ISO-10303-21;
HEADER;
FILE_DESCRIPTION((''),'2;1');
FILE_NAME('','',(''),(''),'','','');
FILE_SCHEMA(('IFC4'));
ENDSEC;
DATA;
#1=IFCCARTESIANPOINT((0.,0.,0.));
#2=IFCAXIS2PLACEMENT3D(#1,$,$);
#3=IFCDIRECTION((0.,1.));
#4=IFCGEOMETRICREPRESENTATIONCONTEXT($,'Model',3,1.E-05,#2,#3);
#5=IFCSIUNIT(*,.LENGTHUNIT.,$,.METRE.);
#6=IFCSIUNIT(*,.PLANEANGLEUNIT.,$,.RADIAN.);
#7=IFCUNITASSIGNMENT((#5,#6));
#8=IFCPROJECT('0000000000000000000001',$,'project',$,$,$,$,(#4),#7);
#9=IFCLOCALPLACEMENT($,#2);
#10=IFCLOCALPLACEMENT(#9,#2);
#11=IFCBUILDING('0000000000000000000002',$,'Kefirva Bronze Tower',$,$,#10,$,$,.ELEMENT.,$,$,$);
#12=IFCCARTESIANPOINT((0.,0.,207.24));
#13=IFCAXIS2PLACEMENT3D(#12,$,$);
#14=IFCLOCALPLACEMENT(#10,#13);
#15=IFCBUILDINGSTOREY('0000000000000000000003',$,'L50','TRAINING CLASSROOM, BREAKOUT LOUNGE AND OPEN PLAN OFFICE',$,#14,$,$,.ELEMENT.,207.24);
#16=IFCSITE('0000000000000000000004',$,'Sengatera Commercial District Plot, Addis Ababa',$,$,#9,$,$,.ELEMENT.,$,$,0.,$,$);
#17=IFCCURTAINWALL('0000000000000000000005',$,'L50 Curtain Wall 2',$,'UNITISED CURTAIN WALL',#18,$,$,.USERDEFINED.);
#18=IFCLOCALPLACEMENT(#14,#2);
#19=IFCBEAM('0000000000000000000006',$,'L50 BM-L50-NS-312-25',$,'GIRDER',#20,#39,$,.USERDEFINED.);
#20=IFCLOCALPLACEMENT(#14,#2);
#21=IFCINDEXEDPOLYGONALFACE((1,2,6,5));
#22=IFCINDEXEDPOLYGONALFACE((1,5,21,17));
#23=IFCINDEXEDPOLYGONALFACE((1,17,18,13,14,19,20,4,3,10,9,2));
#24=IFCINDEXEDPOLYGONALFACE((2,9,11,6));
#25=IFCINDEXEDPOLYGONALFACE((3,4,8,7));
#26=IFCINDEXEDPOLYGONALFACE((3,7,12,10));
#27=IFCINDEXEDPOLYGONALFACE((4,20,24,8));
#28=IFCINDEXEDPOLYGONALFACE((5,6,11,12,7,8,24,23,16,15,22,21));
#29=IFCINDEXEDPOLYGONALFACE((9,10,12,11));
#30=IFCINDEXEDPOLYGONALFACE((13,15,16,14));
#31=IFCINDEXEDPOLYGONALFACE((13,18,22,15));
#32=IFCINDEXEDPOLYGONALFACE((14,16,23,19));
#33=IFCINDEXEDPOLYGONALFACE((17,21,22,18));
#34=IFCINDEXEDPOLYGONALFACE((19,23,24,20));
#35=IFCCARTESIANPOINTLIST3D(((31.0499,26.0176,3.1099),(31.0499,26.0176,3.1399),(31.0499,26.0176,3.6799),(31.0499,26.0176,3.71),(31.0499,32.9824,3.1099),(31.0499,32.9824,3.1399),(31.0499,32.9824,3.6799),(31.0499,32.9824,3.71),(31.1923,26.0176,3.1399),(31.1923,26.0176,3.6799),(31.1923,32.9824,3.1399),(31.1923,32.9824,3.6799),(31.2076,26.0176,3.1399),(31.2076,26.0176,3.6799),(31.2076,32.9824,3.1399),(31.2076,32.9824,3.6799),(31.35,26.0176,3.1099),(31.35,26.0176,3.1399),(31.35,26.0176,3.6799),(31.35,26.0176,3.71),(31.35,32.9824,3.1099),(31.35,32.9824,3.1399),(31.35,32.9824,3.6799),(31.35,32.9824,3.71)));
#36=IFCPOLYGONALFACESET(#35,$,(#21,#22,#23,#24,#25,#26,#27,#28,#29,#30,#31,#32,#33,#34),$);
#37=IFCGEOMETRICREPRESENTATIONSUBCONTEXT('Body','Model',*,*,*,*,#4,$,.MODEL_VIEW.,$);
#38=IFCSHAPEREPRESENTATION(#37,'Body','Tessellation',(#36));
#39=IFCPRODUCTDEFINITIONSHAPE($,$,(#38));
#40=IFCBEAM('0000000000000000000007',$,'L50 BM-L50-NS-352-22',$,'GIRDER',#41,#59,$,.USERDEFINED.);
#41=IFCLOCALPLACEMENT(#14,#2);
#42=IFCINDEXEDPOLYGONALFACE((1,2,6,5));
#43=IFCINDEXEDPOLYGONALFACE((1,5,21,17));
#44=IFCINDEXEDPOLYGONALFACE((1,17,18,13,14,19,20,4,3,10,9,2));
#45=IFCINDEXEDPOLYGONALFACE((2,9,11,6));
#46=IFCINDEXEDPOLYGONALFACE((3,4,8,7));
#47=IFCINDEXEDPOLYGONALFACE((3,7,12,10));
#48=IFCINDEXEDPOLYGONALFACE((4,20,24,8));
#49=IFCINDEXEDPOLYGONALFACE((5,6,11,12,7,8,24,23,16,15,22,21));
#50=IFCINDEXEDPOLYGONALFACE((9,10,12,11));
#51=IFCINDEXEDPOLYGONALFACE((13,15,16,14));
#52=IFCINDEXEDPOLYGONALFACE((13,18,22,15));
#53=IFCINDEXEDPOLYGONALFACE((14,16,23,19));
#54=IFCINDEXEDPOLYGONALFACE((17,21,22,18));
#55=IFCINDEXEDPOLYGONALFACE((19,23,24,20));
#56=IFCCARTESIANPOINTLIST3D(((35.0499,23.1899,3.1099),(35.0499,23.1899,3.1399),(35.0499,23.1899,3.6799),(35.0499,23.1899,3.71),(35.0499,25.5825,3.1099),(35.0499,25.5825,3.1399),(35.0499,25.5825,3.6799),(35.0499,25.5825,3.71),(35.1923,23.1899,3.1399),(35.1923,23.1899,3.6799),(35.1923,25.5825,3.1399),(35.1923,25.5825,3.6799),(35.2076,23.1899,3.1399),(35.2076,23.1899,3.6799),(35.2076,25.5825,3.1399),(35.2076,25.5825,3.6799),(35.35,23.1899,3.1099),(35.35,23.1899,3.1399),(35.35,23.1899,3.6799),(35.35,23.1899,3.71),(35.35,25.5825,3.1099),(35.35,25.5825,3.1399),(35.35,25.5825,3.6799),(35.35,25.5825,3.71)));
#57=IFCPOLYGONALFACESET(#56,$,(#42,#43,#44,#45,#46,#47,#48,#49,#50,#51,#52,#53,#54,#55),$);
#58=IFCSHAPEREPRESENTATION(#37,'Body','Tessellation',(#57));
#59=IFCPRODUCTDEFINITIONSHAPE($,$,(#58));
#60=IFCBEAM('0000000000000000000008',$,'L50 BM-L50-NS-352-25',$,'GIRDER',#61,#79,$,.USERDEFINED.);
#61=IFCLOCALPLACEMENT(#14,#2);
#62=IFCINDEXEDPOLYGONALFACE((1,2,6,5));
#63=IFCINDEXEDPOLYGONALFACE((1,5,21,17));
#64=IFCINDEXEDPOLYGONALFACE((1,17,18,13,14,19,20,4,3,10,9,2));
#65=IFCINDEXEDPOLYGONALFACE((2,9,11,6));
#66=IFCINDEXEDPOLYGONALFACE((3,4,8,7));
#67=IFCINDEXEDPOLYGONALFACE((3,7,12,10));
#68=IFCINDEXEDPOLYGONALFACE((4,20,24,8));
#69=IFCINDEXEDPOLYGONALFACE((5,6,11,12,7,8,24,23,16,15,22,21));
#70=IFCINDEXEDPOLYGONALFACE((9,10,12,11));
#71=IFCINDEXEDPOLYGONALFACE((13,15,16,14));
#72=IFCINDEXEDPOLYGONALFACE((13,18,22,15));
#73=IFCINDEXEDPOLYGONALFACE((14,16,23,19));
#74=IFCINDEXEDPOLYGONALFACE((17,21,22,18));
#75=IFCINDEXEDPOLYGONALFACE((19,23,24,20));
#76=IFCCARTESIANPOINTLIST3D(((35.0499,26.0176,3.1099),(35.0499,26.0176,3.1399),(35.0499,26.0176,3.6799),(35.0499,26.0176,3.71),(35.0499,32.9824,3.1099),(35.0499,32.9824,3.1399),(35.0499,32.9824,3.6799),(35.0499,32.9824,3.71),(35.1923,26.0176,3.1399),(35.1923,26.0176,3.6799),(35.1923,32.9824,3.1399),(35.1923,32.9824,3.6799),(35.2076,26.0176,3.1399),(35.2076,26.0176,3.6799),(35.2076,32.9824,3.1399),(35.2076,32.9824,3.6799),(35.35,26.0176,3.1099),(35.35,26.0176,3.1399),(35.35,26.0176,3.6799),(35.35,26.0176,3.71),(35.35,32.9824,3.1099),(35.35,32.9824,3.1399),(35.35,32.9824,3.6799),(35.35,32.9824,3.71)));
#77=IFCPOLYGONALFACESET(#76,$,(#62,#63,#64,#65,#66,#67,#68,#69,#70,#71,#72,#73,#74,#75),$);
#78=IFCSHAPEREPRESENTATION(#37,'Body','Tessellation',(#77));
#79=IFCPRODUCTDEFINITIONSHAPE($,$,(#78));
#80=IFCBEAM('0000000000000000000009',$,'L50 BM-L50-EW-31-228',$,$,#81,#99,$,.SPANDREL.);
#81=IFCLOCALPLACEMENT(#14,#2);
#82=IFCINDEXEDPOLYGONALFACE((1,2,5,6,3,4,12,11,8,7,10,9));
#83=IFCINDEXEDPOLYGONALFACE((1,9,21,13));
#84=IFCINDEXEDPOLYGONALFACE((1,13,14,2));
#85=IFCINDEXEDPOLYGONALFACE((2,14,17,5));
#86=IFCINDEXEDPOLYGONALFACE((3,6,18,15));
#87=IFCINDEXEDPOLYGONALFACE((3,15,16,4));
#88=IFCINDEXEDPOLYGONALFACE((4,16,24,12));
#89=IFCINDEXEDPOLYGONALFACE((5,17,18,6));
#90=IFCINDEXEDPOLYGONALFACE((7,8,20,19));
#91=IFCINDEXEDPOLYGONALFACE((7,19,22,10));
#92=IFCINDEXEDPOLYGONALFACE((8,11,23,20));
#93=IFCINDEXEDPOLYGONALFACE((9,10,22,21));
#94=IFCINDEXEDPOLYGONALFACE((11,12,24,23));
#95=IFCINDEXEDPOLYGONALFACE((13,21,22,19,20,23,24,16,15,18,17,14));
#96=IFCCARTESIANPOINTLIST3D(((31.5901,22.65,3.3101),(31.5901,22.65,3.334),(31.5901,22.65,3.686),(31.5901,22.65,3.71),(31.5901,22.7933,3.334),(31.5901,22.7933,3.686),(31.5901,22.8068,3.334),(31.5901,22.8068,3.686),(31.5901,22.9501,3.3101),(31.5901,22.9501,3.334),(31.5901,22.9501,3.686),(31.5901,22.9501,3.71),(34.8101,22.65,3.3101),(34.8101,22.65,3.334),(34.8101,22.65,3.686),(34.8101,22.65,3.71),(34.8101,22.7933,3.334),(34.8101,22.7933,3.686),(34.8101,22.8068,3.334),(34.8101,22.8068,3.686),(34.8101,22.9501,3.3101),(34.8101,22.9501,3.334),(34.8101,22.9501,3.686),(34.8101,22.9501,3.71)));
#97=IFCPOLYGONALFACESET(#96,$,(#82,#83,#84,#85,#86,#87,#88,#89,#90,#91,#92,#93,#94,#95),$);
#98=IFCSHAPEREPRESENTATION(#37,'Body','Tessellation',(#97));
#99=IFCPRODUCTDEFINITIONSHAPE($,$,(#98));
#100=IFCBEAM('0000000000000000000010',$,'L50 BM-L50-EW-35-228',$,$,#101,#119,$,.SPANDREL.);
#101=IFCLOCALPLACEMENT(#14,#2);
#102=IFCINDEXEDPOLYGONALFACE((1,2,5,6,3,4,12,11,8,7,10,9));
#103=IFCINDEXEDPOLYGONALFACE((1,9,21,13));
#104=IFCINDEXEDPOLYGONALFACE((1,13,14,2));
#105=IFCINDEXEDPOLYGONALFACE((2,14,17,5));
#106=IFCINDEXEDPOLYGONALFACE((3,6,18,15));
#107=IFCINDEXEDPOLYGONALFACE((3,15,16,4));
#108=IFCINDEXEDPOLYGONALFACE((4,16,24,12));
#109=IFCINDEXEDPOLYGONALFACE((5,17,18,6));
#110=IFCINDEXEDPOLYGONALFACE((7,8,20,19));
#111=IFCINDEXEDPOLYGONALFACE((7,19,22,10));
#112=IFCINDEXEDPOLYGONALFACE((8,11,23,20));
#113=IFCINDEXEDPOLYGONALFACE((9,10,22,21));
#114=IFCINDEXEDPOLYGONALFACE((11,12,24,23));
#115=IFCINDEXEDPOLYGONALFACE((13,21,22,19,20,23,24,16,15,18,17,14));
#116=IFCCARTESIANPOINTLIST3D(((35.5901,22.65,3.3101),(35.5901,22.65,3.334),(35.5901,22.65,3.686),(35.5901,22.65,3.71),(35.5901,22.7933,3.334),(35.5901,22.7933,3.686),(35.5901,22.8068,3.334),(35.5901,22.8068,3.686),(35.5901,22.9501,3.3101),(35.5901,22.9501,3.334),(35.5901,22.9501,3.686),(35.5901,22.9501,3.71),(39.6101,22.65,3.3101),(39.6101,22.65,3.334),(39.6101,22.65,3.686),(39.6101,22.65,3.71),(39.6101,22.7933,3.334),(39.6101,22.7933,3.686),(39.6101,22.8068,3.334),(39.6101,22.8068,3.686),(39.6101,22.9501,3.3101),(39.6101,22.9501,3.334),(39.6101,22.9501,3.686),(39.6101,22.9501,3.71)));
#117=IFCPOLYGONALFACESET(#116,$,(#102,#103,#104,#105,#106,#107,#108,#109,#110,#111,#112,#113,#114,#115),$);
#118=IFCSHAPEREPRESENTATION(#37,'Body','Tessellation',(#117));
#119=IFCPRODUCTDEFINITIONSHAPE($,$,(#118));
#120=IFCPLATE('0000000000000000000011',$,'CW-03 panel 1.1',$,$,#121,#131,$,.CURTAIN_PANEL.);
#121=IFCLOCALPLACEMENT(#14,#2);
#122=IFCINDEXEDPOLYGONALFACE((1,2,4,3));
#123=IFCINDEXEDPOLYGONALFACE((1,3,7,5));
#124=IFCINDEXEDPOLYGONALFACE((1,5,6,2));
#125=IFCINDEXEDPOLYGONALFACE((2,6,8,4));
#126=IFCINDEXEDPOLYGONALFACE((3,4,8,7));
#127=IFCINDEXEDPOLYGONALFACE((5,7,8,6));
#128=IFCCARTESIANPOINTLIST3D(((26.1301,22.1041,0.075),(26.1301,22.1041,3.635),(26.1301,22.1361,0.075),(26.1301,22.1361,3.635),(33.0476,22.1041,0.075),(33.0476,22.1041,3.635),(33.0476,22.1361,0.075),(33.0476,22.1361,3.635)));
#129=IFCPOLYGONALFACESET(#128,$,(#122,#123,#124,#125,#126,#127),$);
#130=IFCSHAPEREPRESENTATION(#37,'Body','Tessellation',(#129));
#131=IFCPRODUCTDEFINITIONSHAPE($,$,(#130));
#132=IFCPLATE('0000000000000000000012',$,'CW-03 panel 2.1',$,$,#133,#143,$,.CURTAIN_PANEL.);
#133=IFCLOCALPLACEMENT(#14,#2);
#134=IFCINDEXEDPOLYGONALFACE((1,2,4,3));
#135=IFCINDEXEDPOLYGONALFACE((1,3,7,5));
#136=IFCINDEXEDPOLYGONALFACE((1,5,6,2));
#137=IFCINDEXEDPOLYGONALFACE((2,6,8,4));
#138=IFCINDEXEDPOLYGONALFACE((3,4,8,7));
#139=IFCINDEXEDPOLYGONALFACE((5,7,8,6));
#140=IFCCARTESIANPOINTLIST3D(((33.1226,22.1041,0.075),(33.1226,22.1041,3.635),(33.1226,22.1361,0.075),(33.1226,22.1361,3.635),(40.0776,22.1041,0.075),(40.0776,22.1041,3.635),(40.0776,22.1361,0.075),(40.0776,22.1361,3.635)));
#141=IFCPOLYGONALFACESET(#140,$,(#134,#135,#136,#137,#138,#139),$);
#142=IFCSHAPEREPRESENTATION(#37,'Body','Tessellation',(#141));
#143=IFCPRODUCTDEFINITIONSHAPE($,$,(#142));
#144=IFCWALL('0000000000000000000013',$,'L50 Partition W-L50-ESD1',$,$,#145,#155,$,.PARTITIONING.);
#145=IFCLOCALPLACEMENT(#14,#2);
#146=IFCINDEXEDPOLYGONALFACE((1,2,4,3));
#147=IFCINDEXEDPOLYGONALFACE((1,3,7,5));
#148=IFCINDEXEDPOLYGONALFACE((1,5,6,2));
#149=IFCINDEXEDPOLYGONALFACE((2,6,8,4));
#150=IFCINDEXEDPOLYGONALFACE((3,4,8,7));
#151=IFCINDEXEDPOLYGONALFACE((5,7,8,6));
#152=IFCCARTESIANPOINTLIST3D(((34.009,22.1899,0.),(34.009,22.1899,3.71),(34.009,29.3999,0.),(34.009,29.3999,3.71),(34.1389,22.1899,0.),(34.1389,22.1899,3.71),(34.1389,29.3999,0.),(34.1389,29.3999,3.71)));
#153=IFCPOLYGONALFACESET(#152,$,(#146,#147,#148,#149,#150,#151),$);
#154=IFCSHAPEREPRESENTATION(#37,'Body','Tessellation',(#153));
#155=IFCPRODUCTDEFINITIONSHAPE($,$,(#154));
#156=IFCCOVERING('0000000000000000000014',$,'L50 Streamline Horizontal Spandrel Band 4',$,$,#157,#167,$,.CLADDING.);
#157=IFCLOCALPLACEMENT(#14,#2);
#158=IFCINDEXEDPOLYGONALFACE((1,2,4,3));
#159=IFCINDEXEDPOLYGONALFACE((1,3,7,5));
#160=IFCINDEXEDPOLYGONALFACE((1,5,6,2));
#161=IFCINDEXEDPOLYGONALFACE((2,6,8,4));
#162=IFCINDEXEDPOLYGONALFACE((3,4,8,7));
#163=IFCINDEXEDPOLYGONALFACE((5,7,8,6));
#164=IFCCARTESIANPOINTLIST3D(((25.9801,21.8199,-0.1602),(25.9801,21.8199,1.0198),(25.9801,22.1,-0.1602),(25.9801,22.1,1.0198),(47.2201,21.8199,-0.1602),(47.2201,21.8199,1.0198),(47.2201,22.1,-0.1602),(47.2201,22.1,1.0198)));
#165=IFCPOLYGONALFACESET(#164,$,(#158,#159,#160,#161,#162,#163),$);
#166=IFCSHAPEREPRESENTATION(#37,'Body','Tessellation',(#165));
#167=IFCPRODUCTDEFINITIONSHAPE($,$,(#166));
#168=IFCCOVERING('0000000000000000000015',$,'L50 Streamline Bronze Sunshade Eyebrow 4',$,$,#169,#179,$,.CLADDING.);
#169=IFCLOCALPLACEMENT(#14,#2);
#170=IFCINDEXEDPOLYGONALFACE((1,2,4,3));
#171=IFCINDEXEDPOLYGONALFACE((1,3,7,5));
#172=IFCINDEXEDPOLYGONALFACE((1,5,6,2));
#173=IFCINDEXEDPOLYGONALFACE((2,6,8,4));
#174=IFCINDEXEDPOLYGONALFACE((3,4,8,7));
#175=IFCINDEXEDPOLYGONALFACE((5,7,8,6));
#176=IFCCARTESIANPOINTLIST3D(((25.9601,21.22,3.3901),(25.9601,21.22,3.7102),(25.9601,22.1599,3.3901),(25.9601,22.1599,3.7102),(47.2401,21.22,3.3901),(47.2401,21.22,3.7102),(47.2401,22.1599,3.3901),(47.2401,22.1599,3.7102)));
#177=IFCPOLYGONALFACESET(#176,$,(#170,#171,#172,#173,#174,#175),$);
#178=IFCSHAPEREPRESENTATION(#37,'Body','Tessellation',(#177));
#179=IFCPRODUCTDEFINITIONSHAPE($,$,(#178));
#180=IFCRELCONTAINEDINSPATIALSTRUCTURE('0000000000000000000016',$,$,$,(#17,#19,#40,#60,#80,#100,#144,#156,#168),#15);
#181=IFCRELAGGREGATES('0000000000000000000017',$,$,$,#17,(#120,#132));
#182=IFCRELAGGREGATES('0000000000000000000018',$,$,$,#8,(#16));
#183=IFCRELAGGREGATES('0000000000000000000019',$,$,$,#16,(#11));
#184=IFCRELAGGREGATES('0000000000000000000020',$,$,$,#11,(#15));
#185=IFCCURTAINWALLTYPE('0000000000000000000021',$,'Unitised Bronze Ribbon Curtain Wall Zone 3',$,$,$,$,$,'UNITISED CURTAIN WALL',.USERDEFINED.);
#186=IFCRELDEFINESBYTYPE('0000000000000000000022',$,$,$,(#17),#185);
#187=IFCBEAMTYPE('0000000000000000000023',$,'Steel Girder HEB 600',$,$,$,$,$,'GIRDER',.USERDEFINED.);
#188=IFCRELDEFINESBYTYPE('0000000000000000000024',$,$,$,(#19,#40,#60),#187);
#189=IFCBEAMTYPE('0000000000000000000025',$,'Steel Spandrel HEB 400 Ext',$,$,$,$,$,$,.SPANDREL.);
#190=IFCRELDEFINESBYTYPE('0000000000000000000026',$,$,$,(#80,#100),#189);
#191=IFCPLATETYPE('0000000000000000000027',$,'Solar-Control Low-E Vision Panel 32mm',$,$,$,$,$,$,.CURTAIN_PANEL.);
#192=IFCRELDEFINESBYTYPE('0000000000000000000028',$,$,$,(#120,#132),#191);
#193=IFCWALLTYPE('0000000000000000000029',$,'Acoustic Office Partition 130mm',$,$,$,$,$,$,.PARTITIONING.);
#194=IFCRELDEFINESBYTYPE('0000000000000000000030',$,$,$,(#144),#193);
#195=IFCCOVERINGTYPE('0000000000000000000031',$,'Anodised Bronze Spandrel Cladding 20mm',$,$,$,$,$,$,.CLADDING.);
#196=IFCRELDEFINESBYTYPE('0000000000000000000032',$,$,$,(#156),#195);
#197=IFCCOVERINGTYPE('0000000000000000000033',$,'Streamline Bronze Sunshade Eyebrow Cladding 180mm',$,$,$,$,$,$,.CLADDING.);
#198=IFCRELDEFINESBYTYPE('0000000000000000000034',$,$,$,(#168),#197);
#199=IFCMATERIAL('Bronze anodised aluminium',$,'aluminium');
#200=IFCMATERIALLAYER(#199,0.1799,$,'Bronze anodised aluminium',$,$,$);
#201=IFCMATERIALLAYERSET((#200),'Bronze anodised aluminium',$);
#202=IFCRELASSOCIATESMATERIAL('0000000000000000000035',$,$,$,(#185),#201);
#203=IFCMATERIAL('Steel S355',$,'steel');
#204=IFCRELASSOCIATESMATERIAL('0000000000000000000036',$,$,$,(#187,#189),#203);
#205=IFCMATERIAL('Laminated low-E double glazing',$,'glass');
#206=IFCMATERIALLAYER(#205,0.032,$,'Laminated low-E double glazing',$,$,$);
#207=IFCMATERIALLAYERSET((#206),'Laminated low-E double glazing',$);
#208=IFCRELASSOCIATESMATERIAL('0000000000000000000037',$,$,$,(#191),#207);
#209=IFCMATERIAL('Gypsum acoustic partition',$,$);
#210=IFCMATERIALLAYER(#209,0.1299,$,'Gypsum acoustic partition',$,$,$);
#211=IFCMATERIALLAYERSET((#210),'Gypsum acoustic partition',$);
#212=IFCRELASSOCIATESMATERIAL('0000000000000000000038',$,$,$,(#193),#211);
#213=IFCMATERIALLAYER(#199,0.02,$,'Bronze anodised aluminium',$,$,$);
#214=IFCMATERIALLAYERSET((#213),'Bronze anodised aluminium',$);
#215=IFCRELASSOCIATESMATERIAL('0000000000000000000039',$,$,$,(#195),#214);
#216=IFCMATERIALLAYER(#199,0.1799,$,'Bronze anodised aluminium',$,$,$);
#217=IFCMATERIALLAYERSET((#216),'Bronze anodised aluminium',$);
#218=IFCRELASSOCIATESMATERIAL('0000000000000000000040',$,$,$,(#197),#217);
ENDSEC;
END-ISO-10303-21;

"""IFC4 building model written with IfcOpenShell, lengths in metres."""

from ifc_helpers import new_model, si_unit, direction, frame, frame_2d, origin, origin_2d, place, context, subcontext, project, spatial, rectangle, i_section, extrude, material, layer, layer_set, material_profile, profile_set, type_object, element, aggregate, save


model = new_model("IFC4")

# Units and contexts
model_context = context("Model", 3, precision=1e-05, world=origin(), true_north=direction((0.0, 1.0)))
body_context = subcontext(model_context, "Body", "Model", "MODEL_VIEW")
ifc_project = project(units=[si_unit("LENGTHUNIT", "METRE"), si_unit("PLANEANGLEUNIT", "RADIAN")], contexts=[model_context])

# Site, building, storey
site_placement = place(None, origin())
site = spatial("IfcSite", under=ifc_project, at=site_placement, Name="Sengatera Commercial District Plot, Addis Ababa", CompositionType="ELEMENT", RefElevation=0.0)
building_placement = place(site_placement, origin())
building = spatial("IfcBuilding", under=site, at=building_placement, Name="Kefirva Bronze Tower", CompositionType="ELEMENT")
storey_placement = place(building_placement, frame((0.0, 0.0, 207.24)))
storey = spatial("IfcBuildingStorey", under=building, at=storey_placement, Name="L50", Description="TRAINING CLASSROOM, BREAKOUT LOUNGE AND OPEN PLAN OFFICE", CompositionType="ELEMENT", Elevation=207.24)

# Curtain wall
ifc_material_1 = material(Name="Bronze anodised aluminium", Category="aluminium")
ifc_layer_1 = layer(ifc_material_1, 0.1799, Name="Bronze anodised aluminium")
ifc_layer_set_1 = layer_set([ifc_layer_1], Name="Bronze anodised aluminium")
curtain_wall_type = type_object("IfcCurtainWallType", Name="Unitised Bronze Ribbon Curtain Wall Zone 3", ElementType="UNITISED CURTAIN WALL", PredefinedType="USERDEFINED", material=ifc_layer_set_1)
curtain_wall_placement = place(storey_placement, origin())
curtain_wall = element("IfcCurtainWall", 1, at=curtain_wall_placement, inside=storey, type_object=curtain_wall_type, Name="L50 Curtain Wall 2", ObjectType="UNITISED CURTAIN WALL", PredefinedType="USERDEFINED")

# Beams
ifc_material_2 = material(Name="Steel S355", Category="steel")
ifc_material_profile_1 = material_profile(ifc_material_2, i_section(OverallWidth=0.3, OverallDepth=0.6001, WebThickness=0.0154, FlangeThickness=0.03, at=origin_2d()), Name="HEB 600")
ifc_profile_set_1 = profile_set([ifc_material_profile_1], Name="Steel S355")
beam_type_1 = type_object("IfcBeamType", Name="Steel Girder HEB 600", ElementType="GIRDER", PredefinedType="USERDEFINED", material=ifc_profile_set_1)
beam_1_placement = place(storey_placement, frame((31.2, 26.0176, 3.4099), z_axis=(0.0, 1.0, 0.0), x_axis=(-1.0, 0.0, 0.0)))
element("IfcBeam", 2, at=beam_1_placement, inside=storey, type_object=beam_type_1, Name="L50 BM-L50-NS-312-25", ObjectType="GIRDER", PredefinedType="USERDEFINED", context=body_context, shape_type="SweptSolid", body=[
    extrude(i_section(OverallWidth=0.3, OverallDepth=0.6001, WebThickness=0.0154, FlangeThickness=0.03, at=origin_2d()), origin(), (0.0, 0.0, 1.0), 6.9648),
])
beam_2_placement = place(storey_placement, frame((35.2, 23.1899, 3.4099), z_axis=(0.0, 1.0, 0.0), x_axis=(-1.0, 0.0, 0.0)))
element("IfcBeam", 3, at=beam_2_placement, inside=storey, type_object=beam_type_1, Name="L50 BM-L50-NS-352-22", ObjectType="GIRDER", PredefinedType="USERDEFINED", context=body_context, shape_type="SweptSolid", body=[
    extrude(i_section(OverallWidth=0.3, OverallDepth=0.6001, WebThickness=0.0154, FlangeThickness=0.03, at=origin_2d()), origin(), (0.0, 0.0, 1.0), 2.3926),
])
beam_3_placement = place(storey_placement, frame((35.2, 26.0176, 3.4099), z_axis=(0.0, 1.0, 0.0), x_axis=(-1.0, 0.0, 0.0)))
element("IfcBeam", 4, at=beam_3_placement, inside=storey, type_object=beam_type_1, Name="L50 BM-L50-NS-352-25", ObjectType="GIRDER", PredefinedType="USERDEFINED", context=body_context, shape_type="SweptSolid", body=[
    extrude(i_section(OverallWidth=0.3, OverallDepth=0.6001, WebThickness=0.0154, FlangeThickness=0.03, at=origin_2d()), origin(), (0.0, 0.0, 1.0), 6.9648),
])
ifc_material_profile_2 = material_profile(ifc_material_2, i_section(OverallWidth=0.3, OverallDepth=0.3999, WebThickness=0.0134, FlangeThickness=0.0239, at=origin_2d()), Name="HEB 400")
ifc_profile_set_2 = profile_set([ifc_material_profile_2], Name="Steel S355")
beam_type_2 = type_object("IfcBeamType", Name="Steel Spandrel HEB 400 Ext", PredefinedType="SPANDREL", material=ifc_profile_set_2)
beam_4_placement = place(storey_placement, frame((31.5901, 22.8, 3.51), z_axis=(1.0, 0.0, 0.0), x_axis=(0.0, 1.0, 0.0)))
element("IfcBeam", 5, at=beam_4_placement, inside=storey, type_object=beam_type_2, Name="L50 BM-L50-EW-31-228", PredefinedType="SPANDREL", context=body_context, shape_type="SweptSolid", body=[
    extrude(i_section(OverallWidth=0.3, OverallDepth=0.3999, WebThickness=0.0134, FlangeThickness=0.0239, at=origin_2d()), origin(), (0.0, 0.0, 1.0), 3.22),
])
beam_5_placement = place(storey_placement, frame((35.5901, 22.8, 3.51), z_axis=(1.0, 0.0, 0.0), x_axis=(0.0, 1.0, 0.0)))
element("IfcBeam", 6, at=beam_5_placement, inside=storey, type_object=beam_type_2, Name="L50 BM-L50-EW-35-228", PredefinedType="SPANDREL", context=body_context, shape_type="SweptSolid", body=[
    extrude(i_section(OverallWidth=0.3, OverallDepth=0.3999, WebThickness=0.0134, FlangeThickness=0.0239, at=origin_2d()), origin(), (0.0, 0.0, 1.0), 4.02),
])

# Plates
ifc_material_3 = material(Name="Laminated low-E double glazing", Category="glass")
ifc_layer_2 = layer(ifc_material_3, 0.032, Name="Laminated low-E double glazing")
ifc_layer_set_2 = layer_set([ifc_layer_2], Name="Laminated low-E double glazing")
plate_type = type_object("IfcPlateType", Name="Solar-Control Low-E Vision Panel 32mm", PredefinedType="CURTAIN_PANEL", material=ifc_layer_set_2)
plate_1_placement = place(storey_placement, frame((29.5889, 22.1201, 0.075), z_axis=(0.0, 0.0, 1.0), x_axis=(1.0, 0.0, 0.0)))
plate_1 = element("IfcPlate", 7, at=plate_1_placement, type_object=plate_type, Name="CW-03 panel 1.1", PredefinedType="CURTAIN_PANEL", context=body_context, shape_type="SweptSolid", body=[
    extrude(rectangle(XDim=6.9175, YDim=0.032, at=origin_2d()), origin(), (0.0, 0.0, 1.0), 3.5601),
])
plate_2_placement = place(storey_placement, frame((36.6001, 22.1201, 0.075), z_axis=(0.0, 0.0, 1.0), x_axis=(1.0, 0.0, 0.0)))
plate_2 = element("IfcPlate", 8, at=plate_2_placement, type_object=plate_type, Name="CW-03 panel 2.1", PredefinedType="CURTAIN_PANEL", context=body_context, shape_type="SweptSolid", body=[
    extrude(rectangle(XDim=6.9551, YDim=0.032, at=origin_2d()), origin(), (0.0, 0.0, 1.0), 3.5601),
])
aggregate(curtain_wall, [plate_1, plate_2])

# Wall
ifc_material_4 = material(Name="Gypsum acoustic partition")
ifc_layer_3 = layer(ifc_material_4, 0.1299, Name="Gypsum acoustic partition")
ifc_layer_set_3 = layer_set([ifc_layer_3], Name="Gypsum acoustic partition")
wall_type = type_object("IfcWallType", Name="Acoustic Office Partition 130mm", PredefinedType="PARTITIONING", material=ifc_layer_set_3)
wall_placement = place(storey_placement, frame((34.074, 22.1899, 0.0), z_axis=(0.0, 0.0, 1.0), x_axis=(0.0, 1.0, 0.0)))
element("IfcWall", 9, at=wall_placement, inside=storey, type_object=wall_type, Name="L50 Partition W-L50-ESD1", PredefinedType="PARTITIONING", context=body_context, shape_type="SweptSolid", body=[
    extrude(rectangle(XDim=7.21, YDim=0.1299, at=frame_2d((3.605, 0.0))), origin(), (0.0, 0.0, 1.0), 3.71),
])

# Coverings
ifc_layer_4 = layer(ifc_material_1, 0.02, Name="Bronze anodised aluminium")
ifc_layer_set_4 = layer_set([ifc_layer_4], Name="Bronze anodised aluminium")
covering_type_1 = type_object("IfcCoveringType", Name="Anodised Bronze Spandrel Cladding 20mm", PredefinedType="CLADDING", material=ifc_layer_set_4)
covering_1_placement = place(storey_placement, frame((36.6001, 21.96, -0.1602), z_axis=(0.0, 0.0, 1.0), x_axis=(1.0, 0.0, 0.0)))
element("IfcCovering", 10, at=covering_1_placement, inside=storey, type_object=covering_type_1, Name="L50 Streamline Horizontal Spandrel Band 4", PredefinedType="CLADDING", context=body_context, shape_type="SweptSolid", body=[
    extrude(rectangle(XDim=21.24, YDim=0.28, at=origin_2d()), origin(), (0.0, 0.0, 1.0), 1.1799),
])
ifc_layer_5 = layer(ifc_material_1, 0.1799, Name="Bronze anodised aluminium")
ifc_layer_set_5 = layer_set([ifc_layer_5], Name="Bronze anodised aluminium")
covering_type_2 = type_object("IfcCoveringType", Name="Streamline Bronze Sunshade Eyebrow Cladding 180mm", PredefinedType="CLADDING", material=ifc_layer_set_5)
covering_2_placement = place(storey_placement, frame((36.6001, 21.6899, 3.3901), z_axis=(0.0, 0.0, 1.0), x_axis=(1.0, 0.0, 0.0)))
element("IfcCovering", 11, at=covering_2_placement, inside=storey, type_object=covering_type_2, Name="L50 Streamline Bronze Sunshade Eyebrow 4", PredefinedType="CLADDING", context=body_context, shape_type="SweptSolid", body=[
    extrude(rectangle(XDim=21.28, YDim=0.9399, at=origin_2d()), origin(), (0.0, 0.0, 1.0), 0.3201),
])

save(model, "model.ifc")
